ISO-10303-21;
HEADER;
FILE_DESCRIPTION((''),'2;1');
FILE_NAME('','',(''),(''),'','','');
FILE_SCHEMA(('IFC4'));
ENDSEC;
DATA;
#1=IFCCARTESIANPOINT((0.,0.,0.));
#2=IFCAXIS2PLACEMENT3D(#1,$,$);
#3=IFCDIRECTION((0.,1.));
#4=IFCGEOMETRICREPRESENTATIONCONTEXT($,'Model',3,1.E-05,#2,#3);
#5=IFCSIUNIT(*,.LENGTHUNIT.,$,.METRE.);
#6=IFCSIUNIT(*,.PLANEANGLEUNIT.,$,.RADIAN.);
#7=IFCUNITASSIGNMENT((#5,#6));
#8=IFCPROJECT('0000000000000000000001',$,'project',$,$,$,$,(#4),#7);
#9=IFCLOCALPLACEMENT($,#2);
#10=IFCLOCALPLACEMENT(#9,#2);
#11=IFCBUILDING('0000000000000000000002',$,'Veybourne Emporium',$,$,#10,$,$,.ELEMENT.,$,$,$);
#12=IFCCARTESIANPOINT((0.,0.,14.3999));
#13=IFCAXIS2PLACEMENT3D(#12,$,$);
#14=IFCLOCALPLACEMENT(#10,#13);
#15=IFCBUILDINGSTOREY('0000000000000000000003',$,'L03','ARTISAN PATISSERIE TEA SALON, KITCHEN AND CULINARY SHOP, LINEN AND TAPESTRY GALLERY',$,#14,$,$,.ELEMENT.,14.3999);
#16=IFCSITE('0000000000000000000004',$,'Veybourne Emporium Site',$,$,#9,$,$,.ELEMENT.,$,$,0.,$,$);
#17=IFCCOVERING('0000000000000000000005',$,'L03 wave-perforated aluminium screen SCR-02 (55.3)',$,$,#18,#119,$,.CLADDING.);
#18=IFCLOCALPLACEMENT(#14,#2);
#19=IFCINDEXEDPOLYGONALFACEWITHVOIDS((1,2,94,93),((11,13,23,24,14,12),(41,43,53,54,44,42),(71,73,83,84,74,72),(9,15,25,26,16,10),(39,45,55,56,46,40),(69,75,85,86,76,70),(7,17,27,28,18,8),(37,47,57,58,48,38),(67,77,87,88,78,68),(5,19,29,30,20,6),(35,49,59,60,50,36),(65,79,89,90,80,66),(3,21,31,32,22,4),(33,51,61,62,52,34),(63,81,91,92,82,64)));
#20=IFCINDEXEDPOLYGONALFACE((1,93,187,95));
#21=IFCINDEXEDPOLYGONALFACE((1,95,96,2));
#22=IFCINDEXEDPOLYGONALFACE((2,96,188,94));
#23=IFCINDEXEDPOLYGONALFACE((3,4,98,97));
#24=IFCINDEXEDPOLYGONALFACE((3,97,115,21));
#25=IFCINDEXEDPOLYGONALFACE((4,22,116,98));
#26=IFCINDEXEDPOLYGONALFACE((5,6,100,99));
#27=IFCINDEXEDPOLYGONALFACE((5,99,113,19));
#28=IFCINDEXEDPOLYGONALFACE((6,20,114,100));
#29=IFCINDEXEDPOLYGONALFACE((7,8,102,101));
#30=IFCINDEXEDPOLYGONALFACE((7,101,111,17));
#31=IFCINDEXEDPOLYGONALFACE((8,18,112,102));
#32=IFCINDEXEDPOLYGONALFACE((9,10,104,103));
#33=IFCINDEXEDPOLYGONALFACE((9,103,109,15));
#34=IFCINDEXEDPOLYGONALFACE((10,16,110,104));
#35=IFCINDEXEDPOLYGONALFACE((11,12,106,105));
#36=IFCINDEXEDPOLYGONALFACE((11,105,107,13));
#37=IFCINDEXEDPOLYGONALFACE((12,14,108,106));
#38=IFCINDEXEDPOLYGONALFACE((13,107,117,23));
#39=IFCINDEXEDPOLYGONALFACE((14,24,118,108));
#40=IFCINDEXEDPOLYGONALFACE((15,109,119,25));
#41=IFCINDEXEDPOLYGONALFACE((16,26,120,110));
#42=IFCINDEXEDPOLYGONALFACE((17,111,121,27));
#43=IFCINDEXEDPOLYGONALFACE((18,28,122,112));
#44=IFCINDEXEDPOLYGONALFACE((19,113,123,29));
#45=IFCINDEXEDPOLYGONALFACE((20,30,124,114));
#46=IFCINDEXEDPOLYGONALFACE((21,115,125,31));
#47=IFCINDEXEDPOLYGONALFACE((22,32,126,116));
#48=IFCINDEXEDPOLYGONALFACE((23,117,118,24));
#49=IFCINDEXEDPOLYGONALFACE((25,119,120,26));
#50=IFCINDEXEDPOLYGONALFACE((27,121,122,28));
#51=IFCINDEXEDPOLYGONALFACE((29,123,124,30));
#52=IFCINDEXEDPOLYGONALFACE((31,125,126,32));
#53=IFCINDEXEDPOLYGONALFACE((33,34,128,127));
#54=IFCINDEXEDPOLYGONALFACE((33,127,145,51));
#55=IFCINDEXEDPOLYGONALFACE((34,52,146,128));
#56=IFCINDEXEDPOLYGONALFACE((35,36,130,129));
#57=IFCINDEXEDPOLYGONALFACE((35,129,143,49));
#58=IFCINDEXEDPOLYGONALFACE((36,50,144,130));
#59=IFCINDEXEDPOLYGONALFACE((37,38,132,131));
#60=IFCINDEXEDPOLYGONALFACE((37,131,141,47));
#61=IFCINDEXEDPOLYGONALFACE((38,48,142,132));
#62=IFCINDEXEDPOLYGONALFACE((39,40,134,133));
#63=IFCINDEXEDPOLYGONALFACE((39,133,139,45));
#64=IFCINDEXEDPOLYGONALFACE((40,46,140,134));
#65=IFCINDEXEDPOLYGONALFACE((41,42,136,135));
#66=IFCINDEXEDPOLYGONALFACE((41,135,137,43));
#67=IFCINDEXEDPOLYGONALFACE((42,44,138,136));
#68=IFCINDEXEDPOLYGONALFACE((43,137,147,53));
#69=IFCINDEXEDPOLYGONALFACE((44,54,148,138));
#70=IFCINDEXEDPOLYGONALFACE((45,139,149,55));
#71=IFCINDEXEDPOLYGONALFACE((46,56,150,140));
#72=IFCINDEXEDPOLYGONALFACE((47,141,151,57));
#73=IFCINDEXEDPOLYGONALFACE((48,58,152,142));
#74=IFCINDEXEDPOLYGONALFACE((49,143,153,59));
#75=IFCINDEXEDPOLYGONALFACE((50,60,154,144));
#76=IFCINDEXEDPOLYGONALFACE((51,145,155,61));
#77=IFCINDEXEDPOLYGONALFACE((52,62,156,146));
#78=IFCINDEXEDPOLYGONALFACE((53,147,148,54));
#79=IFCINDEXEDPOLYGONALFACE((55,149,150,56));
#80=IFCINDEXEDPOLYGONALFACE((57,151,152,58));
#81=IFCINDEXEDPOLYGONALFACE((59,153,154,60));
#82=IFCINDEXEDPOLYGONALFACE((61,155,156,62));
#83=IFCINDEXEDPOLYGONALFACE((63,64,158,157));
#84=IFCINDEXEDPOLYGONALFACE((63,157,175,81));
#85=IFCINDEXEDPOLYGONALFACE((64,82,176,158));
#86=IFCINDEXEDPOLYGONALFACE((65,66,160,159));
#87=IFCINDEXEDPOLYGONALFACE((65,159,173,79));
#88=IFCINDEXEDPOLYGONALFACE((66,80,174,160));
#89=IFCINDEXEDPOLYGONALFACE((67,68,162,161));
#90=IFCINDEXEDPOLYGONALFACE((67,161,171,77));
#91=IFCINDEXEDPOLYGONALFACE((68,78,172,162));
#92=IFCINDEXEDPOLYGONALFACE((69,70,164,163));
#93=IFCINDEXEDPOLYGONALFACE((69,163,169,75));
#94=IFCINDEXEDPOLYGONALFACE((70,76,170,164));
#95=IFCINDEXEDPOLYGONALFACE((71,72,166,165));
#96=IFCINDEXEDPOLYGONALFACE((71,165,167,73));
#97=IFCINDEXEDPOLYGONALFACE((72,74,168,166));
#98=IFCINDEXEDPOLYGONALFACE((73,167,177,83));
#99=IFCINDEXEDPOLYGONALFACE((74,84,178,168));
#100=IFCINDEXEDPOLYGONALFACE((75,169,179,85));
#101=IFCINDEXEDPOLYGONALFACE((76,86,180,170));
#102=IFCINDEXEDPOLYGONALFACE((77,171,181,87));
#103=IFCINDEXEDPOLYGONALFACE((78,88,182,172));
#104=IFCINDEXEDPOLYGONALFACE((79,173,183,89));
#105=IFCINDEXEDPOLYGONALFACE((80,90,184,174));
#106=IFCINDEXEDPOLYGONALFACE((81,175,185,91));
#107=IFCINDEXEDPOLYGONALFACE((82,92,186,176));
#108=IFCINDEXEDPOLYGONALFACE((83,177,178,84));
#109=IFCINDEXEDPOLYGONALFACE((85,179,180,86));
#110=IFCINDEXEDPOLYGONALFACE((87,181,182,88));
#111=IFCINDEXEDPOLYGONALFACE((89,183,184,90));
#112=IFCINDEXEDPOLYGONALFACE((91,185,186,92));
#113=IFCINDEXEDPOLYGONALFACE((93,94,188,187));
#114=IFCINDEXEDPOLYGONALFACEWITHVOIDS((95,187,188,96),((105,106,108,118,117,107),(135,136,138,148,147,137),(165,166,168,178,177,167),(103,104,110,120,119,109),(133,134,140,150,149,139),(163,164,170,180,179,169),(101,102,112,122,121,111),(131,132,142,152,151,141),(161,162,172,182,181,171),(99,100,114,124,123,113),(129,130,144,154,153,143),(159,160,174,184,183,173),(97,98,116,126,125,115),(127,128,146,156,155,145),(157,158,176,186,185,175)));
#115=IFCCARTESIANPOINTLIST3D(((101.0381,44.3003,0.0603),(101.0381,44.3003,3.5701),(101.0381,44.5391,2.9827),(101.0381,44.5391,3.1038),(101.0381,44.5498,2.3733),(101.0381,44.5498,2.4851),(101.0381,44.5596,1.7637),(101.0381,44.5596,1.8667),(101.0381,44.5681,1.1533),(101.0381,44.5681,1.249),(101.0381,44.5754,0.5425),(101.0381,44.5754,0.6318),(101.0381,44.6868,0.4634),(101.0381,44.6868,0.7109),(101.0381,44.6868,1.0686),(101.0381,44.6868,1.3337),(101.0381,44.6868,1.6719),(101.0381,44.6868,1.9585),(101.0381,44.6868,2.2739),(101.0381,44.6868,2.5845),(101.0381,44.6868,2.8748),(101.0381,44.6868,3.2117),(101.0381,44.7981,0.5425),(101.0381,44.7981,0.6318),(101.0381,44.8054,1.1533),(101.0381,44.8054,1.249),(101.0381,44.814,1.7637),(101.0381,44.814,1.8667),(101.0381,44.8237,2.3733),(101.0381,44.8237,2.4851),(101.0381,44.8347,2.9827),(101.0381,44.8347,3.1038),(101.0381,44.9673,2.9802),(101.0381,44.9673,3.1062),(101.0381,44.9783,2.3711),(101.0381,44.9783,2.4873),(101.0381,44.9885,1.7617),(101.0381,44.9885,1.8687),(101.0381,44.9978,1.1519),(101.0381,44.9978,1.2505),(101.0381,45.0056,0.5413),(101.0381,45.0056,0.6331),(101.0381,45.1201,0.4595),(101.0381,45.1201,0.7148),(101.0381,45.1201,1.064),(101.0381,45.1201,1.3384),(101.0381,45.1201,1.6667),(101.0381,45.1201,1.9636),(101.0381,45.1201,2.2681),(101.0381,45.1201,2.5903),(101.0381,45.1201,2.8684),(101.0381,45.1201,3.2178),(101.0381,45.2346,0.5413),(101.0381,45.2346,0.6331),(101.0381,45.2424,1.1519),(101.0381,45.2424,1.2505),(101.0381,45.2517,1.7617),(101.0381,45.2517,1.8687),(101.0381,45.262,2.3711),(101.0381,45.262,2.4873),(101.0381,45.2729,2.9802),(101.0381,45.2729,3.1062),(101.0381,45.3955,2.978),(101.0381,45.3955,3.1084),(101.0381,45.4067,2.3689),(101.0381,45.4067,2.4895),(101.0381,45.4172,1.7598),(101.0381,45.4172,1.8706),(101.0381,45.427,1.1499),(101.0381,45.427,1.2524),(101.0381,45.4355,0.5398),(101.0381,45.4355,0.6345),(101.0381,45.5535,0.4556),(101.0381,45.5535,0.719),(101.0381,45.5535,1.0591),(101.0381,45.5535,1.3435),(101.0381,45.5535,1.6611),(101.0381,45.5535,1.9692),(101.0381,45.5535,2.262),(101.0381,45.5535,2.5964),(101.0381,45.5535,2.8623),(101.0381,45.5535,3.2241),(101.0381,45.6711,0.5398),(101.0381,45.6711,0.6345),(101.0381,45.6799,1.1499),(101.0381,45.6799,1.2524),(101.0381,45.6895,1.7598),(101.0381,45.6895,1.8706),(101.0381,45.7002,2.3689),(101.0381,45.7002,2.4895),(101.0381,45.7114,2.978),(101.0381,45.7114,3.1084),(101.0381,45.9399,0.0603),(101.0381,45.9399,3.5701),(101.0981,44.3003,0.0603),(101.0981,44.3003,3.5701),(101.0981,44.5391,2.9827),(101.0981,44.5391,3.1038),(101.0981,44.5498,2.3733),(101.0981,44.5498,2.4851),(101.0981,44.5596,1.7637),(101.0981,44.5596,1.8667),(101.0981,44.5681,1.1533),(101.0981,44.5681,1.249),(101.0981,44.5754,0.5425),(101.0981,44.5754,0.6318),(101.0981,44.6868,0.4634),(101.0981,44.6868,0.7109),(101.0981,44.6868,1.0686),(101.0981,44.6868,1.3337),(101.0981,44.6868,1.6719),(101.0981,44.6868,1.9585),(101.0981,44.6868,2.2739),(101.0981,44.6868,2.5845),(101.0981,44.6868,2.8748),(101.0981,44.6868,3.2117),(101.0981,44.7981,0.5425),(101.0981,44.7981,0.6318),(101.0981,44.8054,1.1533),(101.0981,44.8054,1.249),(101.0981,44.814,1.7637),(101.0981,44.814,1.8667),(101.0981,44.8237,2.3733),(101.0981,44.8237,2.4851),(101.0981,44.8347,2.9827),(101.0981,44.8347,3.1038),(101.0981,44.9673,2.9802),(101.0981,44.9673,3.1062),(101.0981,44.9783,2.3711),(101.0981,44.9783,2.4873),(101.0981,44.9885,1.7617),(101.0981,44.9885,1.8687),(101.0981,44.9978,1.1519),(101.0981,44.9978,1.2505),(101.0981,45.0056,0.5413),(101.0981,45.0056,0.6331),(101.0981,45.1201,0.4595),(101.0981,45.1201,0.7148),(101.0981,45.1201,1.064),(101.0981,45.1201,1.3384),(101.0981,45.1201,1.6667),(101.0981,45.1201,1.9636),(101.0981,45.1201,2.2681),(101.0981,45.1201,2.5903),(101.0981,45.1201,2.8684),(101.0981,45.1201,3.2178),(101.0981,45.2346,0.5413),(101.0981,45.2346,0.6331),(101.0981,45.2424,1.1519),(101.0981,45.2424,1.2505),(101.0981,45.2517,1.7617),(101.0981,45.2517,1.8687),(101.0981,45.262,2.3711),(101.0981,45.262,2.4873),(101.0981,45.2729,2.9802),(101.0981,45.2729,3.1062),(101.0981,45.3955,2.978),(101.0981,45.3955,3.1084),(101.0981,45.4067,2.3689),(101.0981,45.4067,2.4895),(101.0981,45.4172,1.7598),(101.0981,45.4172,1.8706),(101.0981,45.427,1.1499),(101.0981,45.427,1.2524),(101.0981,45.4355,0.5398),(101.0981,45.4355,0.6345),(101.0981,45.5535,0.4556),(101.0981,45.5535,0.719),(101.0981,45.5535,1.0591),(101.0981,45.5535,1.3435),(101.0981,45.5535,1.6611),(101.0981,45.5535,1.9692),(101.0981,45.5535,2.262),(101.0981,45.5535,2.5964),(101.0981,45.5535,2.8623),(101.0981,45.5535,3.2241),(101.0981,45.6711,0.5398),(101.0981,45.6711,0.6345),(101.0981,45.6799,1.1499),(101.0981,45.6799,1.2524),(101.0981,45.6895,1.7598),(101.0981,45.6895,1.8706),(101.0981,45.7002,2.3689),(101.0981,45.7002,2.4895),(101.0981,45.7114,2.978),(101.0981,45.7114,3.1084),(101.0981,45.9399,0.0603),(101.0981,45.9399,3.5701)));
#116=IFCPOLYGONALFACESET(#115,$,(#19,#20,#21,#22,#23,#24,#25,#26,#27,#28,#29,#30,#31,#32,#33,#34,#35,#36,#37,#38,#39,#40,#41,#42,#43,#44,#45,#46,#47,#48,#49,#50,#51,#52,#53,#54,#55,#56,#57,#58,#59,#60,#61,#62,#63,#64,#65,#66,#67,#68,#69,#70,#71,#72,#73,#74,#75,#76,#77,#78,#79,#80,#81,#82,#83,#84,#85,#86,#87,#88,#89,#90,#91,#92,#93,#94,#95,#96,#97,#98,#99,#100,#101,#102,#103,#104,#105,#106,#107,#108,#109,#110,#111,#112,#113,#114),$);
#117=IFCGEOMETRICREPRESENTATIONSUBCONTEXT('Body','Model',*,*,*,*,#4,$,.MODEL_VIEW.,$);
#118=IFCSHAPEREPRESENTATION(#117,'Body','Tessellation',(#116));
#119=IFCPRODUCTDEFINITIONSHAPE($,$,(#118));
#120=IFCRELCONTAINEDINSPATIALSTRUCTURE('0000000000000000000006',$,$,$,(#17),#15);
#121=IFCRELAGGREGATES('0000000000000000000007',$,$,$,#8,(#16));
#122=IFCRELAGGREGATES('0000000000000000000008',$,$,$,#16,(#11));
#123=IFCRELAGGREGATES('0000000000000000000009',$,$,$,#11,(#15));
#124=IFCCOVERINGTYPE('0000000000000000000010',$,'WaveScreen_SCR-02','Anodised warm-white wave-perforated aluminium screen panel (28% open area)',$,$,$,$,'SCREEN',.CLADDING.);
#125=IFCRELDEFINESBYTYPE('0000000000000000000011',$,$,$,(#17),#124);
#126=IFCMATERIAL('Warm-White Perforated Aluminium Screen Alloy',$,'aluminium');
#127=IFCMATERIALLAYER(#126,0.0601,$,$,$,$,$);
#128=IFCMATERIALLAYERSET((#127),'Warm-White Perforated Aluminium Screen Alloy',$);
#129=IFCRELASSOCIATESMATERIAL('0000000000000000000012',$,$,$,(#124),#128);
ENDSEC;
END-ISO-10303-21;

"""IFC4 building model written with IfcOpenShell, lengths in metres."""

from ifc_helpers import new_model, si_unit, direction, frame, origin, place, context, subcontext, project, spatial, polyline, outline, extrude, material, layer, layer_set, type_object, element, save


model = new_model("IFC4")

# Units and contexts
model_context = context("Model", 3, precision=1e-05, world=origin(), true_north=direction((0.0, 1.0)))
body_context = subcontext(model_context, "Body", "Model", "MODEL_VIEW")
ifc_project = project(units=[si_unit("LENGTHUNIT", "METRE"), si_unit("PLANEANGLEUNIT", "RADIAN")], contexts=[model_context])

# Site, building, storey
site_placement = place(None, origin())
site = spatial("IfcSite", under=ifc_project, at=site_placement, Name="Veybourne Emporium Site", CompositionType="ELEMENT", RefElevation=0.0)
building_placement = place(site_placement, origin())
building = spatial("IfcBuilding", under=site, at=building_placement, Name="Veybourne Emporium", CompositionType="ELEMENT")
storey_placement = place(building_placement, frame((0.0, 0.0, 14.3999)))
storey = spatial("IfcBuildingStorey", under=building, at=storey_placement, Name="L03", Description="ARTISAN PATISSERIE TEA SALON, KITCHEN AND CULINARY SHOP, LINEN AND TAPESTRY GALLERY", CompositionType="ELEMENT", Elevation=14.3999)

# Covering
ifc_material_1 = material(Name="Warm-White Perforated Aluminium Screen Alloy", Category="aluminium")
ifc_layer_1 = layer(ifc_material_1, 0.0601)
ifc_layer_set_1 = layer_set([ifc_layer_1], Name="Warm-White Perforated Aluminium Screen Alloy")
covering_type_1 = type_object("IfcCoveringType", Name="WaveScreen_SCR-02", Description="Anodised warm-white wave-perforated aluminium screen panel (28% open area)", ElementType="SCREEN", PredefinedType="CLADDING", material=ifc_layer_set_1)
covering_1_placement = place(storey_placement, frame((101.0981, 45.1201, 1.8152), z_axis=(-1.0, 0.0, 0.0), x_axis=(0.0, -1.0, 0.0)))
element("IfcCovering", 1, at=covering_1_placement, inside=storey, type_object=covering_type_1, Name="L03 wave-perforated aluminium screen SCR-02 (55.3)", PredefinedType="CLADDING", context=body_context, shape_type="SweptSolid", body=[
    extrude(outline(polyline([(-0.8198, -1.7549), (0.8198, -1.7549), (0.8198, 1.7549), (-0.8198, 1.7549), (-0.8198, -1.7549)]), holes=[polyline([(-0.4333, -1.0962), (-0.3154, -1.1807), (-0.3154, -1.2754), (-0.4333, -1.3596), (-0.551, -1.2754), (-0.551, -1.1807), (-0.4333, -1.0962)]), polyline([(-0.4333, -0.4717), (-0.3069, -0.5627), (-0.3069, -0.6653), (-0.4333, -0.7561), (-0.5598, -0.6653), (-0.5598, -0.5627), (-0.4333, -0.4717)]), polyline([(-0.4333, 0.1541), (-0.2971, 0.0554), (-0.2971, -0.0554), (-0.4333, -0.1541), (-0.5693, -0.0554), (-0.5693, 0.0554), (-0.4333, 0.1541)]), polyline([(-0.4333, 0.7812), (-0.2866, 0.6743), (-0.2866, 0.5537), (-0.4333, 0.4468), (-0.5801, 0.5537), (-0.5801, 0.6743), (-0.4333, 0.7812)]), polyline([(-0.4333, 1.4089), (-0.2754, 1.2932), (-0.2754, 1.1628), (-0.4333, 1.0471), (-0.5913, 1.1628), (-0.5913, 1.2932), (-0.4333, 1.4089)]), polyline([(0.0, -1.1003), (0.1145, -1.1821), (0.1145, -1.2739), (0.0, -1.3557), (-0.1145, -1.2739), (-0.1145, -1.1821), (0.0, -1.1003)]), polyline([(0.0, -0.4768), (0.1223, -0.5647), (0.1223, -0.6633), (0.0, -0.7512), (-0.1223, -0.6633), (-0.1223, -0.5647), (0.0, -0.4768)]), polyline([(0.0, 0.1484), (0.1316, 0.0535), (0.1316, -0.0535), (0.0, -0.1484), (-0.1316, -0.0535), (-0.1316, 0.0535), (0.0, 0.1484)]), polyline([(0.0, 0.7751), (0.1418, 0.6721), (0.1418, 0.5559), (0.0, 0.4529), (-0.1418, 0.5559), (-0.1418, 0.6721), (0.0, 0.7751)]), polyline([(0.0, 1.4026), (0.1528, 1.291), (0.1528, 1.165), (0.0, 1.0532), (-0.1528, 1.165), (-0.1528, 1.291), (0.0, 1.4026)]), polyline([(0.4333, -1.1042), (0.5447, -1.1833), (0.5447, -1.2727), (0.4333, -1.3518), (0.322, -1.2727), (0.322, -1.1833), (0.4333, -1.1042)]), polyline([(0.4333, -0.4814), (0.552, -0.5662), (0.552, -0.6619), (0.4333, -0.7466), (0.3147, -0.6619), (0.3147, -0.5662), (0.4333, -0.4814)]), polyline([(0.4333, 0.1433), (0.5605, 0.0515), (0.5605, -0.0515), (0.4333, -0.1433), (0.3062, -0.0515), (0.3062, 0.0515), (0.4333, 0.1433)]), polyline([(0.4333, 0.7693), (0.5703, 0.6699), (0.5703, 0.5581), (0.4333, 0.4587), (0.2964, 0.5581), (0.2964, 0.6699), (0.4333, 0.7693)]), polyline([(0.4333, 1.3965), (0.5811, 1.2886), (0.5811, 1.1675), (0.4333, 1.0596), (0.2854, 1.1675), (0.2854, 1.2886), (0.4333, 1.3965)])]), origin(), (0.0, 0.0, 1.0), 0.0601),
])

save(model, "model.ifc")
